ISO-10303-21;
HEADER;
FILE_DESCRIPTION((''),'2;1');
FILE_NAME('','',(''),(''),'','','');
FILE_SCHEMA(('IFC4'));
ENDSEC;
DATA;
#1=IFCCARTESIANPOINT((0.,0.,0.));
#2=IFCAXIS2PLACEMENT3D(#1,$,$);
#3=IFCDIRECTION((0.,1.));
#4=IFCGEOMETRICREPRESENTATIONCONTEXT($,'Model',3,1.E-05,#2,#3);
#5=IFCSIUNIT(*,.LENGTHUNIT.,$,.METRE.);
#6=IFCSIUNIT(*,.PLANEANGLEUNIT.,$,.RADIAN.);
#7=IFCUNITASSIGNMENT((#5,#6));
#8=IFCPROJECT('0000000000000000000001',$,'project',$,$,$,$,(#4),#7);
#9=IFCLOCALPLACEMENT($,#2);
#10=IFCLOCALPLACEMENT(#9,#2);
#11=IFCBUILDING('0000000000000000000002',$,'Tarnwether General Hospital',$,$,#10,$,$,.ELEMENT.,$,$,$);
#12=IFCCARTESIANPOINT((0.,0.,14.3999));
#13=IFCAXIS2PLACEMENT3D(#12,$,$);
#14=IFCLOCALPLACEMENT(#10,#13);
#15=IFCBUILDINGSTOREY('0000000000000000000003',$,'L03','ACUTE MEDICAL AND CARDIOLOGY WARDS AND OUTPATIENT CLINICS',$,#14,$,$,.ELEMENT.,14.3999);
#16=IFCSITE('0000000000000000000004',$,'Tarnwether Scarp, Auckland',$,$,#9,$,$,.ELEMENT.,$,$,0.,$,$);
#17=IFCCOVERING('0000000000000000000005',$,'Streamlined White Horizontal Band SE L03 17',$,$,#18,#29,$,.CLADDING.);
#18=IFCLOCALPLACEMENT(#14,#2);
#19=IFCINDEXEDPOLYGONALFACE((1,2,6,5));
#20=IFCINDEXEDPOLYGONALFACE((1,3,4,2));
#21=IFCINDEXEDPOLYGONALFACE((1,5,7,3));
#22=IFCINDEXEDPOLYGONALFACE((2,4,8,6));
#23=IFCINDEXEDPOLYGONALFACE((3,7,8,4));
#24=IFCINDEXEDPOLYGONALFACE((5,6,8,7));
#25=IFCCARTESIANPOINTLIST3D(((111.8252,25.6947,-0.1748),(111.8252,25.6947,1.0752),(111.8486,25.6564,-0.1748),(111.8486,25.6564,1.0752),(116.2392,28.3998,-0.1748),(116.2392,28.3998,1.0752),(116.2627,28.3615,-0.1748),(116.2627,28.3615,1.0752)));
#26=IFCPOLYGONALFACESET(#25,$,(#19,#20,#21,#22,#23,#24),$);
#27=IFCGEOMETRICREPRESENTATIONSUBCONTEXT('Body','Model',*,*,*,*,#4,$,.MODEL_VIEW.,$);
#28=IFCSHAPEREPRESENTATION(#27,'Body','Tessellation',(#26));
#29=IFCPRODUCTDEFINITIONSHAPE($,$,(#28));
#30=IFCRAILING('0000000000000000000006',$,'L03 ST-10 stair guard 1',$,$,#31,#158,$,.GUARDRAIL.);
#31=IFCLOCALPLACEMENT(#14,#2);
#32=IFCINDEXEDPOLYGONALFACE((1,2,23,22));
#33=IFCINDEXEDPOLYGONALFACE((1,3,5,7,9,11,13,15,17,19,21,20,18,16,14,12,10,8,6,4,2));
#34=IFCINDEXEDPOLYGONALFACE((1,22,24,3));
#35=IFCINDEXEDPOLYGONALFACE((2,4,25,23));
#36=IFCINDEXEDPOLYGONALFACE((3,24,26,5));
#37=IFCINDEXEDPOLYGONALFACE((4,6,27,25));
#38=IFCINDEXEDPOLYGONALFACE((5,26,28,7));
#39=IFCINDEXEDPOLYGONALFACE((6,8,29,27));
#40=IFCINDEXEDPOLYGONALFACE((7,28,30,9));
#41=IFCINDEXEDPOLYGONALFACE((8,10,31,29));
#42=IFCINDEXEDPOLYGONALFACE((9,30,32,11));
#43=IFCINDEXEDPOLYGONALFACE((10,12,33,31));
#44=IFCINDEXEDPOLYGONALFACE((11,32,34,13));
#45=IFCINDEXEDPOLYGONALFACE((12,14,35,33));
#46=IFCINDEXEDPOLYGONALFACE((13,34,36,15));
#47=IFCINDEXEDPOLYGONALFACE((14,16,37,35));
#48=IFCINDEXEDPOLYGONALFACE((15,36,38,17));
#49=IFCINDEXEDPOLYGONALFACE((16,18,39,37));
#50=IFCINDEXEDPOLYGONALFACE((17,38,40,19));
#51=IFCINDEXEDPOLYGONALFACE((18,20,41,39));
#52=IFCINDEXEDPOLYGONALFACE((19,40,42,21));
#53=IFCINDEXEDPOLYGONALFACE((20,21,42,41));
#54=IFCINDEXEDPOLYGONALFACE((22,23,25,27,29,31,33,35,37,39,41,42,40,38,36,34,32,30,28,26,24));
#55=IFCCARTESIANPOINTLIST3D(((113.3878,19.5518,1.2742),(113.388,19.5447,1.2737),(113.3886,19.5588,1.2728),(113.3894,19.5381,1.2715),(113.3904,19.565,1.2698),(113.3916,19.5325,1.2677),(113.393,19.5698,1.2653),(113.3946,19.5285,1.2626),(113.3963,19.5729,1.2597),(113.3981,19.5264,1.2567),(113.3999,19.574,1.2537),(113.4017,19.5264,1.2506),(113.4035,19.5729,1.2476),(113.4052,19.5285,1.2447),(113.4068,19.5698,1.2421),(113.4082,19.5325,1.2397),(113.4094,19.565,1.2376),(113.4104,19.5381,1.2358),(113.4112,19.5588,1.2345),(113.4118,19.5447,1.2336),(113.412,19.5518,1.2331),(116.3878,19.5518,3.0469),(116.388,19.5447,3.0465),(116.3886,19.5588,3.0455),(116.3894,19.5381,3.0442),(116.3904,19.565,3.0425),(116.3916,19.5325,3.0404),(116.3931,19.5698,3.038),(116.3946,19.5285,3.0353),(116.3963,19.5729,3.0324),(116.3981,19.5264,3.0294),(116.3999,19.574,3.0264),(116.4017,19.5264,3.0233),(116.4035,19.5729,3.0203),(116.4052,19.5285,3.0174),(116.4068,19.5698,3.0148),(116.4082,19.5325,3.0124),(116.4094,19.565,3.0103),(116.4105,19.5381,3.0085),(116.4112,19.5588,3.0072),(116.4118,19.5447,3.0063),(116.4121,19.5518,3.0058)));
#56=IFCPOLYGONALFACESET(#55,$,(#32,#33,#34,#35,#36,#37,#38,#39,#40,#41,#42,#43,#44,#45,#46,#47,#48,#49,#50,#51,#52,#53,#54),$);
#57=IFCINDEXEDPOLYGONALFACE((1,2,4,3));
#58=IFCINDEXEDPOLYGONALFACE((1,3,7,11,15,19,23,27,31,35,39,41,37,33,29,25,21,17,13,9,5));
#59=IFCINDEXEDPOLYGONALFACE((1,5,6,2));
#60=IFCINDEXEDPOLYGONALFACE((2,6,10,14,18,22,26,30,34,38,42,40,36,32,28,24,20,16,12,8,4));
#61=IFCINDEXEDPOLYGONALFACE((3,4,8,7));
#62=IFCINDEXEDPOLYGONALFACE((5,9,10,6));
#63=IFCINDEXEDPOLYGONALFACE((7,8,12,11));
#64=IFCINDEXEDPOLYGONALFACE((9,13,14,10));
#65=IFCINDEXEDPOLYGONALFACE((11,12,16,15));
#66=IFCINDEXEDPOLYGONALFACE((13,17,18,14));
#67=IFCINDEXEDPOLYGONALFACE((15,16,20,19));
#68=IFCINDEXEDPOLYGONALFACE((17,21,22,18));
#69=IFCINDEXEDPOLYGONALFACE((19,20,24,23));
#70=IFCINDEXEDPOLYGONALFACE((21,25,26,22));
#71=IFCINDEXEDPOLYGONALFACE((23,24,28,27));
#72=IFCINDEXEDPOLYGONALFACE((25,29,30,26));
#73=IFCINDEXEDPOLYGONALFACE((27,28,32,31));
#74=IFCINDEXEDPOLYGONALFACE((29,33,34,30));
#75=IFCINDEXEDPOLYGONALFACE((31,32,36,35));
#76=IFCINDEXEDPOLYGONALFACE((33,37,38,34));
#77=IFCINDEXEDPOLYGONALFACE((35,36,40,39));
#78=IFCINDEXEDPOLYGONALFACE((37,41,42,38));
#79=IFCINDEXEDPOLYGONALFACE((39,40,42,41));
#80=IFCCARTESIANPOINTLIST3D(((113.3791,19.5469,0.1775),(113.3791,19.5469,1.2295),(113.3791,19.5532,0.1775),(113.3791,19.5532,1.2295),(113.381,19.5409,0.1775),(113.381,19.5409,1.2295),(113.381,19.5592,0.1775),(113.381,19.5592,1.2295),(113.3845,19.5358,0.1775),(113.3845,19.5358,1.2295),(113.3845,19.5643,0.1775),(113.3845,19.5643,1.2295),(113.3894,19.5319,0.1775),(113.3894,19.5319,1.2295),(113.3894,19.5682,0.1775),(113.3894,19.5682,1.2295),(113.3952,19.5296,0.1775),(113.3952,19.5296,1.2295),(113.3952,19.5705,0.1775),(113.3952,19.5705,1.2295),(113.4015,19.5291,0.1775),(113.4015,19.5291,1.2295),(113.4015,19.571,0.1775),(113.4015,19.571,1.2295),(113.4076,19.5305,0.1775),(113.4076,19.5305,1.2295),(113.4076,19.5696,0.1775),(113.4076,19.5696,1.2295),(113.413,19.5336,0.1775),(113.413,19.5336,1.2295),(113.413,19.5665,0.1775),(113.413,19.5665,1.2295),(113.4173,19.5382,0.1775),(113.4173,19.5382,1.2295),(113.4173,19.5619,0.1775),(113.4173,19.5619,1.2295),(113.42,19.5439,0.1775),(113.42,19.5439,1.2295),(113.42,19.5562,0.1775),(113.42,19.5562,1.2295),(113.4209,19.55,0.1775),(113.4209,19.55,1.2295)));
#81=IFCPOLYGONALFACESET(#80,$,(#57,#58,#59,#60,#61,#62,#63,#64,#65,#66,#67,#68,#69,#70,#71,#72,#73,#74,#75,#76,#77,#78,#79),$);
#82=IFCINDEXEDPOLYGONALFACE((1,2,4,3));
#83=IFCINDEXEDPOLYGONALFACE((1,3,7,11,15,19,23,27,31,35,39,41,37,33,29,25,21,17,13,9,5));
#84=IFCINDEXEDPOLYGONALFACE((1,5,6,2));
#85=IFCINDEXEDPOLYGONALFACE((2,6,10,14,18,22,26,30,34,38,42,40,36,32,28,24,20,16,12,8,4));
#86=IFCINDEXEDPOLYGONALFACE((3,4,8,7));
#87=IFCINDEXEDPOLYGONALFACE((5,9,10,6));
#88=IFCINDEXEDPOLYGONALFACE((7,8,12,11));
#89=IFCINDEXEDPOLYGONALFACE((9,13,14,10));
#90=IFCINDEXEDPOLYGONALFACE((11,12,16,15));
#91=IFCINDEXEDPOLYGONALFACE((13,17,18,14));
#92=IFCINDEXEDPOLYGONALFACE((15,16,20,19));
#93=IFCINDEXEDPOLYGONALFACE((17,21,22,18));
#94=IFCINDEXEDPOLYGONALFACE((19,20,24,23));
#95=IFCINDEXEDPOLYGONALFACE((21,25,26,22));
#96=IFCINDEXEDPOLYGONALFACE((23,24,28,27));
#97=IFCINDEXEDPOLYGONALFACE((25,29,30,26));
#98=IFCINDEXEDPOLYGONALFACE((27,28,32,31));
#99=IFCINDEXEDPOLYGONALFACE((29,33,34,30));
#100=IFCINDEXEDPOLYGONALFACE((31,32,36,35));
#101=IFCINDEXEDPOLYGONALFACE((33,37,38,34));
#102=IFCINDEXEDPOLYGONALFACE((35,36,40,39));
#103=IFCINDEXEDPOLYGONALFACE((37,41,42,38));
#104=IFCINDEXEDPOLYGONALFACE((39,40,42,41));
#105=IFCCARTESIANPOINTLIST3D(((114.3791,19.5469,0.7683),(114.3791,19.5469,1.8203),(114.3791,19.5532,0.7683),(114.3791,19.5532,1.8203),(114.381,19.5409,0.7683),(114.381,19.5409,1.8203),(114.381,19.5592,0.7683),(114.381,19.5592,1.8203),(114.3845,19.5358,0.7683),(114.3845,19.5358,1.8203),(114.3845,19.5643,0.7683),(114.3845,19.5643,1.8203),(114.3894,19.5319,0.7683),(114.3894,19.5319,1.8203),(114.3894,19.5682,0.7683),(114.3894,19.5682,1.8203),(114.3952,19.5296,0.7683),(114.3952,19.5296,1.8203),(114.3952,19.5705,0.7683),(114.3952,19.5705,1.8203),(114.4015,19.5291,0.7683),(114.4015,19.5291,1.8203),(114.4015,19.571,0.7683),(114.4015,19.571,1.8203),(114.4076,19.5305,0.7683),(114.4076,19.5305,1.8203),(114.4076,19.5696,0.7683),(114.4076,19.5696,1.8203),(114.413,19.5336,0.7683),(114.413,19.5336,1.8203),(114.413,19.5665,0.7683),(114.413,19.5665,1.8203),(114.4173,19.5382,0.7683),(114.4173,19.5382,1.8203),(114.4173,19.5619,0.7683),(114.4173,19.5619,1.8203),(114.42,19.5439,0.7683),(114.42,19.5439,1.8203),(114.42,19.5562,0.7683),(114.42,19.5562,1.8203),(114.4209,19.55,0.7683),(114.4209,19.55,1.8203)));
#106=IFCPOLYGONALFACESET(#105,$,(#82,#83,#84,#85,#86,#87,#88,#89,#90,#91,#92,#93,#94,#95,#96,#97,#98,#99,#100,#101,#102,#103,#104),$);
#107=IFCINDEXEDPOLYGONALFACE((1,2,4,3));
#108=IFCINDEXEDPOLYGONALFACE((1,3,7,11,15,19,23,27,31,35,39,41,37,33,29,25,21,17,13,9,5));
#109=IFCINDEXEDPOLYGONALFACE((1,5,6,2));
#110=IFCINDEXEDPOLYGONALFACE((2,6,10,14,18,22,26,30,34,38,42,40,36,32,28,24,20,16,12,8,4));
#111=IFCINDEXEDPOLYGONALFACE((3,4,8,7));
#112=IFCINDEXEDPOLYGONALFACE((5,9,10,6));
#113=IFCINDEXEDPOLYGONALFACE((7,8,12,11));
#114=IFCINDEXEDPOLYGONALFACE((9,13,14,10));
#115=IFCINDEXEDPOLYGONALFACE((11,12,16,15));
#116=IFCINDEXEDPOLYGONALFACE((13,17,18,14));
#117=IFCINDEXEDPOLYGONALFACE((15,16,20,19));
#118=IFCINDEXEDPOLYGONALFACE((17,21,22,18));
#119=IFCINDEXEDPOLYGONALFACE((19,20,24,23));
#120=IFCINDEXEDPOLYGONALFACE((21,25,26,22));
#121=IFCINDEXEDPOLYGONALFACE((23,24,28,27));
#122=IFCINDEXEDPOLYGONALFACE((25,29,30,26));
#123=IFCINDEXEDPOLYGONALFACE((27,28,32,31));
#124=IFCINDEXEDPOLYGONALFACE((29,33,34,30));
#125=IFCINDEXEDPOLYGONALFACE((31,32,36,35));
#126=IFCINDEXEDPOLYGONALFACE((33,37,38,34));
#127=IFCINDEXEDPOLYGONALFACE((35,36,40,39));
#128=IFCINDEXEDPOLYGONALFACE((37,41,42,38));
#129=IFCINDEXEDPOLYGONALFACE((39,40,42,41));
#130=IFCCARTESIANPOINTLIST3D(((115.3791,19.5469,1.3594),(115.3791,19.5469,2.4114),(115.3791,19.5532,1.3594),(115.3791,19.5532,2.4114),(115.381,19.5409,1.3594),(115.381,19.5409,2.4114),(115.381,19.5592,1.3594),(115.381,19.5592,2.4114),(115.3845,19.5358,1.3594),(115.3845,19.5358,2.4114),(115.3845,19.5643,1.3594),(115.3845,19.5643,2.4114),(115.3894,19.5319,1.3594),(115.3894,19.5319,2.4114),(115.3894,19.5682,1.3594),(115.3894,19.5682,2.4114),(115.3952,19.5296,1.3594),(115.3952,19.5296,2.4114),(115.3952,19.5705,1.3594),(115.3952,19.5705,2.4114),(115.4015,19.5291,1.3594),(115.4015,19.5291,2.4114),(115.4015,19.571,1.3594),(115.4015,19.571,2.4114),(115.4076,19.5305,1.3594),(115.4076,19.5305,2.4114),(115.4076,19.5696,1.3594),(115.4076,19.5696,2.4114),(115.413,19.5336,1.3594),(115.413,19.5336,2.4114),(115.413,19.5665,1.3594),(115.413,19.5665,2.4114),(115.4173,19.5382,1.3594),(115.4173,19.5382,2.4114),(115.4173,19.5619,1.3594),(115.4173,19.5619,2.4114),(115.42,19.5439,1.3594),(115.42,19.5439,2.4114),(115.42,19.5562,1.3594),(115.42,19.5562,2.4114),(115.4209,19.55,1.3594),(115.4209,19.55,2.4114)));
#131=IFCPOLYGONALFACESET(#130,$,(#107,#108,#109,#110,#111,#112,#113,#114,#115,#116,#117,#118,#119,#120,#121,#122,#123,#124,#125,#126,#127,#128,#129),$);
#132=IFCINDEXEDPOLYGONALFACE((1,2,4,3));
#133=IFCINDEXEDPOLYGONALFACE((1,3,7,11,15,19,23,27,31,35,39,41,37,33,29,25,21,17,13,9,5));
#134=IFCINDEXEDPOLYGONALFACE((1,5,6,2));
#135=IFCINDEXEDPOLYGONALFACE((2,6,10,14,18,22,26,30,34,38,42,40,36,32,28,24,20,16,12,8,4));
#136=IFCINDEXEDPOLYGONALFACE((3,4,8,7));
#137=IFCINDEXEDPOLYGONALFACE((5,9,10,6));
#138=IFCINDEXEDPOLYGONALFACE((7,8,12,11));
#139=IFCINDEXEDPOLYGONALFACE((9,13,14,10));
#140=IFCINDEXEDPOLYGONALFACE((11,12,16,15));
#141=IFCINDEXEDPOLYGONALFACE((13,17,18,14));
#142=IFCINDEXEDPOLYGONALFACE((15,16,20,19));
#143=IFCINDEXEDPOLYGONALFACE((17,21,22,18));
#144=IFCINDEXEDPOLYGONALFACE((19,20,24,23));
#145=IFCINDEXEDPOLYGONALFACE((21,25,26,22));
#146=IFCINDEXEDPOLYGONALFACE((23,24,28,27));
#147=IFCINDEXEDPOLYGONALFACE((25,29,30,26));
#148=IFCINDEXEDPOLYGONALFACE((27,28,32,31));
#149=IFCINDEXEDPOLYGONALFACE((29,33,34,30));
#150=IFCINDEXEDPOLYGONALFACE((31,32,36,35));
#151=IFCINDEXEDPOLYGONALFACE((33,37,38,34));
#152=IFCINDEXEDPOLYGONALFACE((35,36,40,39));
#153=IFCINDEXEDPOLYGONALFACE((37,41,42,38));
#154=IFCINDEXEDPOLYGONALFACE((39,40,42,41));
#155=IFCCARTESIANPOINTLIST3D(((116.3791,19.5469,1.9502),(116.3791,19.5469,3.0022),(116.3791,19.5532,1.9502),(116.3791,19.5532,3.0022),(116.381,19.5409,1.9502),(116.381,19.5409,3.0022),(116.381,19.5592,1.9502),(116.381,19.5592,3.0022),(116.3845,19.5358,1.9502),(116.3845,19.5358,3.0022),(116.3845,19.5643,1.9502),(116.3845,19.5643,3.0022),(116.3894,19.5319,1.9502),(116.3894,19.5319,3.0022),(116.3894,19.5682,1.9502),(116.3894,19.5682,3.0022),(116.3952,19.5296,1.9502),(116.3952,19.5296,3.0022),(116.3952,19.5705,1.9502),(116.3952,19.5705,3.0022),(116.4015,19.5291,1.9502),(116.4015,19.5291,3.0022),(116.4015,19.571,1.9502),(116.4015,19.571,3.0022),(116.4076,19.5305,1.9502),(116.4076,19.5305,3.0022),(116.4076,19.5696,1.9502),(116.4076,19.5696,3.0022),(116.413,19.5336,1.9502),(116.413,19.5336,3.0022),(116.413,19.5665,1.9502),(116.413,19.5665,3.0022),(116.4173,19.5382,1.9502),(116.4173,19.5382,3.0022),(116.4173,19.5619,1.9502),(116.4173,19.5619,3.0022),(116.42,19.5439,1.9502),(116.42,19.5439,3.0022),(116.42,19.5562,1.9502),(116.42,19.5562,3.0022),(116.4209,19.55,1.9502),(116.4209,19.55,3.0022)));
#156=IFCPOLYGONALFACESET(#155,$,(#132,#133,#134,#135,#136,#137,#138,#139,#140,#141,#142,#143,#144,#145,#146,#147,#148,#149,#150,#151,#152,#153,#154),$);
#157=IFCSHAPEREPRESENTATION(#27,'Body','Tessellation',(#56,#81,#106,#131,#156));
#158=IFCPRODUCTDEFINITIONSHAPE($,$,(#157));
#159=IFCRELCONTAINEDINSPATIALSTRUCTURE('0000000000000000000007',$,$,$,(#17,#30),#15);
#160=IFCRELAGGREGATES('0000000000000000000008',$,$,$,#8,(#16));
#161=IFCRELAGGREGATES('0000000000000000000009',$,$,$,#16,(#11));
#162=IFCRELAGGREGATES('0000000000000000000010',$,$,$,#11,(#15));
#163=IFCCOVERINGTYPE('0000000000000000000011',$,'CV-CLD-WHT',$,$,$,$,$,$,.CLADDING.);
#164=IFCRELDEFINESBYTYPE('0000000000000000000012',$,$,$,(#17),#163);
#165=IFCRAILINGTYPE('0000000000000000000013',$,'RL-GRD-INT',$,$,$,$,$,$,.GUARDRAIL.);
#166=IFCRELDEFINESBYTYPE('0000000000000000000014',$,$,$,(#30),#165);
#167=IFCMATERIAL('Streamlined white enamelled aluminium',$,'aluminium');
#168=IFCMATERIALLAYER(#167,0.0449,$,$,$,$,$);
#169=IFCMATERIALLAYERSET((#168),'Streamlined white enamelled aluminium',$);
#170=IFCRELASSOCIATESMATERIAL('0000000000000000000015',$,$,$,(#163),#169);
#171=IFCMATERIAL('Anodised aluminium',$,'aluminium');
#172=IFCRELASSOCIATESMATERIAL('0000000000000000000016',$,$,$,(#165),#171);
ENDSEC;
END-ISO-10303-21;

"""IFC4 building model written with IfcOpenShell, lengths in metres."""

from ifc_helpers import new_model, si_unit, direction, frame, origin, origin_2d, place, context, subcontext, project, spatial, rectangle, circle, extrude, material, layer, layer_set, type_object, element, save


model = new_model("IFC4")

# Units and contexts
model_context = context("Model", 3, precision=1e-05, world=origin(), true_north=direction((0.0, 1.0)))
body_context = subcontext(model_context, "Body", "Model", "MODEL_VIEW")
ifc_project = project(units=[si_unit("LENGTHUNIT", "METRE"), si_unit("PLANEANGLEUNIT", "RADIAN")], contexts=[model_context])

# Site, building, storey
site_placement = place(None, origin())
site = spatial("IfcSite", under=ifc_project, at=site_placement, Name="Tarnwether Scarp, Auckland", CompositionType="ELEMENT", RefElevation=0.0)
building_placement = place(site_placement, origin())
building = spatial("IfcBuilding", under=site, at=building_placement, Name="Tarnwether General Hospital", CompositionType="ELEMENT")
storey_placement = place(building_placement, frame((0.0, 0.0, 14.3999)))
storey = spatial("IfcBuildingStorey", under=building, at=storey_placement, Name="L03", Description="ACUTE MEDICAL AND CARDIOLOGY WARDS AND OUTPATIENT CLINICS", CompositionType="ELEMENT", Elevation=14.3999)

# Covering
ifc_material_1 = material(Name="Streamlined white enamelled aluminium", Category="aluminium")
ifc_layer_1 = layer(ifc_material_1, 0.0449)
ifc_layer_set_1 = layer_set([ifc_layer_1], Name="Streamlined white enamelled aluminium")
covering_type = type_object("IfcCoveringType", Name="CV-CLD-WHT", PredefinedType="CLADDING", material=ifc_layer_set_1)
covering_placement = place(storey_placement, frame((114.0439, 27.0281, -0.1748), z_axis=(0.0, 0.0, 1.0), x_axis=(0.852631, 0.522513, 0.0)))
element("IfcCovering", 1, at=covering_placement, inside=storey, type_object=covering_type, Name="Streamlined White Horizontal Band SE L03 17", PredefinedType="CLADDING", context=body_context, shape_type="SweptSolid", body=[
    extrude(rectangle(XDim=5.177, YDim=0.0449, at=origin_2d()), origin(), (0.0, 0.0, 1.0), 1.25),
])

# Railing
ifc_material_2 = material(Name="Anodised aluminium", Category="aluminium")
railing_type_1 = type_object("IfcRailingType", Name="RL-GRD-INT", PredefinedType="GUARDRAIL", material=ifc_material_2)
railing_1_placement = place(storey_placement, frame((113.3999, 19.55, 0.1775)))
element("IfcRailing", 2, at=railing_1_placement, inside=storey, type_object=railing_type_1, Name="L03 ST-10 stair guard 1", PredefinedType="GUARDRAIL", context=body_context, shape_type="SweptSolid", body=[
    extrude(circle(Radius=0.0239, at=origin_2d()), frame((0.0, 0.0, 1.0762), z_axis=(0.860929, 0.0, 0.508725), x_axis=(0.0, 1.0, 0.0)), (0.0, 0.0, 1.0), 3.4846),
    extrude(circle(Radius=0.021, at=origin_2d()), origin(), (0.0, 0.0, 1.0), 1.052),
    extrude(circle(Radius=0.021, at=origin_2d()), frame((1.0, 0.0, 0.5908)), (0.0, 0.0, 1.0), 1.052),
    extrude(circle(Radius=0.021, at=origin_2d()), frame((2.0, 0.0, 1.1819)), (0.0, 0.0, 1.0), 1.052),
    extrude(circle(Radius=0.021, at=origin_2d()), frame((3.0, 0.0, 1.7727)), (0.0, 0.0, 1.0), 1.052),
])

save(model, "model.ifc")
